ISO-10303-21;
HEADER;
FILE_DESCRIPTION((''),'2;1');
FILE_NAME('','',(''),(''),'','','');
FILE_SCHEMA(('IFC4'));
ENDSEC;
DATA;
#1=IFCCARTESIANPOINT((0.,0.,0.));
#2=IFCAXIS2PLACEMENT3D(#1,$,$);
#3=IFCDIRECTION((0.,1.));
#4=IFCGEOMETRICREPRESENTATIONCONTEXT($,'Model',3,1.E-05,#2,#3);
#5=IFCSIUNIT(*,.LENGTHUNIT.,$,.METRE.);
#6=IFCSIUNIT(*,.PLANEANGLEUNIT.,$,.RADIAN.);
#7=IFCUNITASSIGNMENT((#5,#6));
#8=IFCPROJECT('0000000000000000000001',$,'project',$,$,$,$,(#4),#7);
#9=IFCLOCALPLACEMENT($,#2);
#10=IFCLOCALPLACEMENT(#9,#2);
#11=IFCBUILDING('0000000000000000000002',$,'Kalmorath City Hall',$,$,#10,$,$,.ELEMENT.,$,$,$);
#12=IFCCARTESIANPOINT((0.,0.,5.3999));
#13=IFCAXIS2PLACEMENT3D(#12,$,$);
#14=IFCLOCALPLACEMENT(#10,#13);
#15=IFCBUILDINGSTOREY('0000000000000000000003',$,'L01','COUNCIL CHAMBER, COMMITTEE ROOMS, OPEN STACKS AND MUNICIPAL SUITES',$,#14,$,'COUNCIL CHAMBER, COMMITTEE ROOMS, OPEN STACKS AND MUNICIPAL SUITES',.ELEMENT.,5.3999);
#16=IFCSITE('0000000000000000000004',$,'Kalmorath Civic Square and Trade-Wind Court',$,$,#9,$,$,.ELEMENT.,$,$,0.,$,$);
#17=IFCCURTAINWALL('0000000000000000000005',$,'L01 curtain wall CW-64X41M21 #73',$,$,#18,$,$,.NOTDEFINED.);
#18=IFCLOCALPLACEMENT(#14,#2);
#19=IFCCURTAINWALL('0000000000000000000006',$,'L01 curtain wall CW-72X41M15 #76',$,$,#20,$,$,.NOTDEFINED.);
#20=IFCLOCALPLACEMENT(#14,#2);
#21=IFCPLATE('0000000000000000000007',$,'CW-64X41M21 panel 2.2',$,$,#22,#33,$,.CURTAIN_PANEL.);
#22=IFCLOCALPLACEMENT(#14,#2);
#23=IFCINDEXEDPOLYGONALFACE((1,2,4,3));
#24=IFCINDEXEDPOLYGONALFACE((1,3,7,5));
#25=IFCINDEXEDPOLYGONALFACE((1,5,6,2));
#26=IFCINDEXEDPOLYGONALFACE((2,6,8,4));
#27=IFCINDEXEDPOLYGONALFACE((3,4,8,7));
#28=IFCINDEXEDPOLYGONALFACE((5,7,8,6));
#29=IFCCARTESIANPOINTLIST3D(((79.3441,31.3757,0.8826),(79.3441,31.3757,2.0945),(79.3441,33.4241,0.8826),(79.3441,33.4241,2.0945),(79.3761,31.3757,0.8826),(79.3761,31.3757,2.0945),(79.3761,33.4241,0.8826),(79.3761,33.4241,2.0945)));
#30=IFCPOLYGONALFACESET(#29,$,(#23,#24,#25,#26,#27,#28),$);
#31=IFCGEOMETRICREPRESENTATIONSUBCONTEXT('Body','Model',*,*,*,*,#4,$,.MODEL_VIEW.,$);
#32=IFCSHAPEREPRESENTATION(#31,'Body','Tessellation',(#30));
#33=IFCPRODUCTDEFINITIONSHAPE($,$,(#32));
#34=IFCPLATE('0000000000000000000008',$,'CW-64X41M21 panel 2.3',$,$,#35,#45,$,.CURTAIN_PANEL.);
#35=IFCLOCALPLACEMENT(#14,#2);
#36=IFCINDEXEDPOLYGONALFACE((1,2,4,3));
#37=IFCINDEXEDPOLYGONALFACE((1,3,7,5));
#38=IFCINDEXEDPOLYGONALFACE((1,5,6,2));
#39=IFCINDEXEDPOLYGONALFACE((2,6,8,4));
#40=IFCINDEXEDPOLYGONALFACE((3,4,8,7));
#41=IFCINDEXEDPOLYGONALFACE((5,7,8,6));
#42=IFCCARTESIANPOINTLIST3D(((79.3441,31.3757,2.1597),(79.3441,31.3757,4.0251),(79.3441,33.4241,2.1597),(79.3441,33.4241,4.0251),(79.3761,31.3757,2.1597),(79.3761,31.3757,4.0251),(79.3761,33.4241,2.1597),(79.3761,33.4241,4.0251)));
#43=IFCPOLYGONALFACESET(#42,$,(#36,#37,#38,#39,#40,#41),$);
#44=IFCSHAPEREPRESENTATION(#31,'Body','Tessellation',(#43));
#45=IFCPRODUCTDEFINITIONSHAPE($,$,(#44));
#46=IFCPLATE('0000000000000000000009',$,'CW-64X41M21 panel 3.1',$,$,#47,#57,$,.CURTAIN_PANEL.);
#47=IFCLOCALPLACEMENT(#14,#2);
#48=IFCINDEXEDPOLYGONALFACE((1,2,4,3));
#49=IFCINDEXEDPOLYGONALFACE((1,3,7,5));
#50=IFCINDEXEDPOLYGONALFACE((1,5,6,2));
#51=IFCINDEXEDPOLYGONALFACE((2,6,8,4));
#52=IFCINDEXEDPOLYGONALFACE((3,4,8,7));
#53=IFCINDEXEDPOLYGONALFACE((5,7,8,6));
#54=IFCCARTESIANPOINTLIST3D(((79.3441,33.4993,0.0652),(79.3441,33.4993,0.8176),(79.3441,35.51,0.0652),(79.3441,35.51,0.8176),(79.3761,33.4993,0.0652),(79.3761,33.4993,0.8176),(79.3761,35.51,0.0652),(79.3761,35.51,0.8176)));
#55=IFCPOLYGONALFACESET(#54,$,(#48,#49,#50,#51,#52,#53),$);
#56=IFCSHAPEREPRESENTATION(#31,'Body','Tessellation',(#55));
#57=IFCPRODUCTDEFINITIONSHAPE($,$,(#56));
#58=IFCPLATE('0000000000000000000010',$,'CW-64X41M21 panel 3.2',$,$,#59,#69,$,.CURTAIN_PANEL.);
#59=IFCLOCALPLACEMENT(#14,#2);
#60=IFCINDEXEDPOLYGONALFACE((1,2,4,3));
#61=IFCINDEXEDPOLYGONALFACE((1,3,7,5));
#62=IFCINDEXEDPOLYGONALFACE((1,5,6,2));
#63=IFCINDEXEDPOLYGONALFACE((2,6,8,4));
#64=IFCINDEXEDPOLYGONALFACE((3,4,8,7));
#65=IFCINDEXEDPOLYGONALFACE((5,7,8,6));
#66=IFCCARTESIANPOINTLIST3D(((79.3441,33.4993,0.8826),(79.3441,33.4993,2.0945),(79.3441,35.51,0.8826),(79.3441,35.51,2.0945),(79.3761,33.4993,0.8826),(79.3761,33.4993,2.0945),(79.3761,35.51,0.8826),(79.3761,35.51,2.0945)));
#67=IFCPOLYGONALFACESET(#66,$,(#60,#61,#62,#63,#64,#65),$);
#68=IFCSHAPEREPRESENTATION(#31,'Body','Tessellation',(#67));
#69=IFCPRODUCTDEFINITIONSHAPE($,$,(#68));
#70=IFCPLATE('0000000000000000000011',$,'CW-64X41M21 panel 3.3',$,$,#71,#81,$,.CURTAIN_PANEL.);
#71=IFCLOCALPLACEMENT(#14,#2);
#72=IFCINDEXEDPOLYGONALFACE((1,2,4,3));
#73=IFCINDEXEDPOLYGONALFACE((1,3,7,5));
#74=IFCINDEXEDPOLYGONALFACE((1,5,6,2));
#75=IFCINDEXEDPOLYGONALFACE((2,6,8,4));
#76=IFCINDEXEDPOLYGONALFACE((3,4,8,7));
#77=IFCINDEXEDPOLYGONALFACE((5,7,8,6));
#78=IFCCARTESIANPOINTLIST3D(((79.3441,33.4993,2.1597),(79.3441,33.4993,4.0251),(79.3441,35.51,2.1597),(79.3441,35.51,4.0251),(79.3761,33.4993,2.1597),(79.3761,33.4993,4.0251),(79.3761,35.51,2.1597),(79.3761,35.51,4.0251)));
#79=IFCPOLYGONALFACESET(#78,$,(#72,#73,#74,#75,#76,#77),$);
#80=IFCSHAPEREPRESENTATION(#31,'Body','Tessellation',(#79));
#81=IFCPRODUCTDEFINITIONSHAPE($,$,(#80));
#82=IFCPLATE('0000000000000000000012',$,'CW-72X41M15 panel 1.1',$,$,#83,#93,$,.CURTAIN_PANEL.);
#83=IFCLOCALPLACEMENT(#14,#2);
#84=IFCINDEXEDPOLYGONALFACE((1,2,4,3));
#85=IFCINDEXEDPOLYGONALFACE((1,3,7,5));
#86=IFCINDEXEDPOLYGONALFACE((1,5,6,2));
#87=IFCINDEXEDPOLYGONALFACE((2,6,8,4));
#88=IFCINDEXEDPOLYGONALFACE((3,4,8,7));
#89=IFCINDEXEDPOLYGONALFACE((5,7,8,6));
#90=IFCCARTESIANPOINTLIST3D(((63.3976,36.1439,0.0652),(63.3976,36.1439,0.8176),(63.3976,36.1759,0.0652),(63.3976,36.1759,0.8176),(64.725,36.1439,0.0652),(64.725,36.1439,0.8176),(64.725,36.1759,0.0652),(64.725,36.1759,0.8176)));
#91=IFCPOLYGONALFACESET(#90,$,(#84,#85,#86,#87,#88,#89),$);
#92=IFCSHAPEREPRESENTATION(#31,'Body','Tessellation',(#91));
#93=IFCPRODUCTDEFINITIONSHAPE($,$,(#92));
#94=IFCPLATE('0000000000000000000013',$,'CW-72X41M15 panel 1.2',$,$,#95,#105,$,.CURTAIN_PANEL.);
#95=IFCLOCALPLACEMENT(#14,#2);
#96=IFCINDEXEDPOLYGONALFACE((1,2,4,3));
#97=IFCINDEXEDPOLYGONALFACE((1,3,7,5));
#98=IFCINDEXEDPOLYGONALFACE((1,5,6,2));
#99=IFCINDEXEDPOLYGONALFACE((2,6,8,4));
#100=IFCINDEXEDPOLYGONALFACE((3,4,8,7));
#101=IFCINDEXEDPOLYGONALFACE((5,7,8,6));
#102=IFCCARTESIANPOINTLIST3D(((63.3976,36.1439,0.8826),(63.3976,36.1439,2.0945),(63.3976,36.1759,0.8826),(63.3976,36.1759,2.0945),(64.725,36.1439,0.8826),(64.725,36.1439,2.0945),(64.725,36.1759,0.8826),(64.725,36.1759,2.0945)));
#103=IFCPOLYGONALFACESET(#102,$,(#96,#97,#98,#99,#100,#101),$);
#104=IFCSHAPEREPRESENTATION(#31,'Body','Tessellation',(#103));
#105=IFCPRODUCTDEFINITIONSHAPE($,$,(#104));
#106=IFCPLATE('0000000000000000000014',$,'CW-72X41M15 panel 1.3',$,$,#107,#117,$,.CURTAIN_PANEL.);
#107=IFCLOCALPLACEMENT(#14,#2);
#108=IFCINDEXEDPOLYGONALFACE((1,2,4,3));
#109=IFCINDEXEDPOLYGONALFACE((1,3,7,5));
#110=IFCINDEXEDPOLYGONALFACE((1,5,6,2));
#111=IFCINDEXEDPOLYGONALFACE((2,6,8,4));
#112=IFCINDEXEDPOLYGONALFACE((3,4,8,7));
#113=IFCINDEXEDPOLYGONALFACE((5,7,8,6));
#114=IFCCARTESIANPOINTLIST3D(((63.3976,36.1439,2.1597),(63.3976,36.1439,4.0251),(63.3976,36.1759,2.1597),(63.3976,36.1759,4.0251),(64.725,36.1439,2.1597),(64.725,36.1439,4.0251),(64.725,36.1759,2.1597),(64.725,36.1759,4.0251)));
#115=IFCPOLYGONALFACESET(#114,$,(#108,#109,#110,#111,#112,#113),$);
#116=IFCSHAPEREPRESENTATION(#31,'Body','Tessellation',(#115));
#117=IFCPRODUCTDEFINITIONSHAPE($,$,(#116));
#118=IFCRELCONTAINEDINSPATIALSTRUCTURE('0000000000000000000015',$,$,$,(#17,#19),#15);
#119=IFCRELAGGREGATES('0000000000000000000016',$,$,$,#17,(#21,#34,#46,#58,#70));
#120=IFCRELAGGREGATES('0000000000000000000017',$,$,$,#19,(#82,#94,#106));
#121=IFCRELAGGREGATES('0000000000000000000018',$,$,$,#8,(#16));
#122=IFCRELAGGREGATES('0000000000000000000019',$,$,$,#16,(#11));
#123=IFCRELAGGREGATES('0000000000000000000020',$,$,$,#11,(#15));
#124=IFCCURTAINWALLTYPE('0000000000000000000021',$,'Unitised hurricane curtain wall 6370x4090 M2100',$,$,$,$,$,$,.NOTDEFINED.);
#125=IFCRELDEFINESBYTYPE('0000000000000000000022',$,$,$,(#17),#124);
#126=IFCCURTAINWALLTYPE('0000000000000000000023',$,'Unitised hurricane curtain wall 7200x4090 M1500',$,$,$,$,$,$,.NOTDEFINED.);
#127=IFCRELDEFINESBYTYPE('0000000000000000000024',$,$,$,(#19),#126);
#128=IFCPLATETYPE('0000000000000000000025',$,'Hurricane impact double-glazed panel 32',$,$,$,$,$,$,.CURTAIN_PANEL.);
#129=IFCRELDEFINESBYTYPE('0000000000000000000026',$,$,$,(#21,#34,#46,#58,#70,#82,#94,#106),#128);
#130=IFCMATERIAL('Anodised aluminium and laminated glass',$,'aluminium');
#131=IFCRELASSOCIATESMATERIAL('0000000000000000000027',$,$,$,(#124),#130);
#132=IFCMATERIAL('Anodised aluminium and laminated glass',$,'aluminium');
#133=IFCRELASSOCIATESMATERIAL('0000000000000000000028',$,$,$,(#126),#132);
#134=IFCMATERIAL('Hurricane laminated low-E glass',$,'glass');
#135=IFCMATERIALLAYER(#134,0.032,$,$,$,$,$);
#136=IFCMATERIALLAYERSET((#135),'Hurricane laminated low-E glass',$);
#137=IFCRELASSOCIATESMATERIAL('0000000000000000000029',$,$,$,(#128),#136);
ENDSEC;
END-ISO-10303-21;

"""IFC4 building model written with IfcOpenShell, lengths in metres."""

from ifc_helpers import new_model, si_unit, direction, frame, origin, origin_2d, place, context, subcontext, project, spatial, rectangle, extrude, material, layer, layer_set, type_object, element, aggregate, save


model = new_model("IFC4")

# Units and contexts
model_context = context("Model", 3, precision=1e-05, world=origin(), true_north=direction((0.0, 1.0)))
body_context = subcontext(model_context, "Body", "Model", "MODEL_VIEW")
ifc_project = project(units=[si_unit("LENGTHUNIT", "METRE"), si_unit("PLANEANGLEUNIT", "RADIAN")], contexts=[model_context])

# Site, building, storey
site_placement = place(None, origin())
site = spatial("IfcSite", under=ifc_project, at=site_placement, Name="Kalmorath Civic Square and Trade-Wind Court", CompositionType="ELEMENT", RefElevation=0.0)
building_placement = place(site_placement, origin())
building = spatial("IfcBuilding", under=site, at=building_placement, Name="Kalmorath City Hall", CompositionType="ELEMENT")
storey_placement = place(building_placement, frame((0.0, 0.0, 5.3999)))
storey = spatial("IfcBuildingStorey", under=building, at=storey_placement, Name="L01", Description="COUNCIL CHAMBER, COMMITTEE ROOMS, OPEN STACKS AND MUNICIPAL SUITES", LongName="COUNCIL CHAMBER, COMMITTEE ROOMS, OPEN STACKS AND MUNICIPAL SUITES", CompositionType="ELEMENT", Elevation=5.3999)

# Curtain wall
ifc_material_1 = material(Name="Anodised aluminium and laminated glass", Category="aluminium")
curtain_wall_type_1 = type_object("IfcCurtainWallType", Name="Unitised hurricane curtain wall 6370x4090 M2100", PredefinedType="NOTDEFINED", material=ifc_material_1)
curtain_wall_1_placement = place(storey_placement, origin())
curtain_wall_1 = element("IfcCurtainWall", 1, at=curtain_wall_1_placement, inside=storey, type_object=curtain_wall_type_1, Name="L01 curtain wall CW-64X41M21 #73", PredefinedType="NOTDEFINED")

# Curtain wall
ifc_material_2 = material(Name="Anodised aluminium and laminated glass", Category="aluminium")
curtain_wall_type_2 = type_object("IfcCurtainWallType", Name="Unitised hurricane curtain wall 7200x4090 M1500", PredefinedType="NOTDEFINED", material=ifc_material_2)
curtain_wall_2_placement = place(storey_placement, origin())
curtain_wall_2 = element("IfcCurtainWall", 2, at=curtain_wall_2_placement, inside=storey, type_object=curtain_wall_type_2, Name="L01 curtain wall CW-72X41M15 #76", PredefinedType="NOTDEFINED")

# Plates
ifc_material_3 = material(Name="Hurricane laminated low-E glass", Category="glass")
ifc_layer = layer(ifc_material_3, 0.032)
ifc_layer_set = layer_set([ifc_layer], Name="Hurricane laminated low-E glass")
plate_type = type_object("IfcPlateType", Name="Hurricane impact double-glazed panel 32", PredefinedType="CURTAIN_PANEL", material=ifc_layer_set)
plate_1_placement = place(storey_placement, frame((79.3601, 32.3999, 0.8826), z_axis=(0.0, 0.0, 1.0), x_axis=(0.0, 1.0, 0.0)))
plate_1 = element("IfcPlate", 3, at=plate_1_placement, type_object=plate_type, Name="CW-64X41M21 panel 2.2", PredefinedType="CURTAIN_PANEL", context=body_context, shape_type="SweptSolid", body=[
    extrude(rectangle(XDim=2.0483, YDim=0.032, at=origin_2d()), origin(), (0.0, 0.0, 1.0), 1.2119),
])
plate_2_placement = place(storey_placement, frame((79.3601, 32.3999, 2.1597), z_axis=(0.0, 0.0, 1.0), x_axis=(0.0, 1.0, 0.0)))
plate_2 = element("IfcPlate", 4, at=plate_2_placement, type_object=plate_type, Name="CW-64X41M21 panel 2.3", PredefinedType="CURTAIN_PANEL", context=body_context, shape_type="SweptSolid", body=[
    extrude(rectangle(XDim=2.0483, YDim=0.032, at=origin_2d()), origin(), (0.0, 0.0, 1.0), 1.8655),
])
plate_3_placement = place(storey_placement, frame((79.3601, 34.5046, 0.0652), z_axis=(0.0, 0.0, 1.0), x_axis=(0.0, 1.0, 0.0)))
plate_3 = element("IfcPlate", 5, at=plate_3_placement, type_object=plate_type, Name="CW-64X41M21 panel 3.1", PredefinedType="CURTAIN_PANEL", context=body_context, shape_type="SweptSolid", body=[
    extrude(rectangle(XDim=2.0107, YDim=0.032, at=origin_2d()), origin(), (0.0, 0.0, 1.0), 0.7524),
])
plate_4_placement = place(storey_placement, frame((79.3601, 34.5046, 0.8826), z_axis=(0.0, 0.0, 1.0), x_axis=(0.0, 1.0, 0.0)))
plate_4 = element("IfcPlate", 6, at=plate_4_placement, type_object=plate_type, Name="CW-64X41M21 panel 3.2", PredefinedType="CURTAIN_PANEL", context=body_context, shape_type="SweptSolid", body=[
    extrude(rectangle(XDim=2.0107, YDim=0.032, at=origin_2d()), origin(), (0.0, 0.0, 1.0), 1.2119),
])
plate_5_placement = place(storey_placement, frame((79.3601, 34.5046, 2.1597), z_axis=(0.0, 0.0, 1.0), x_axis=(0.0, 1.0, 0.0)))
plate_5 = element("IfcPlate", 7, at=plate_5_placement, type_object=plate_type, Name="CW-64X41M21 panel 3.3", PredefinedType="CURTAIN_PANEL", context=body_context, shape_type="SweptSolid", body=[
    extrude(rectangle(XDim=2.0107, YDim=0.032, at=origin_2d()), origin(), (0.0, 0.0, 1.0), 1.8655),
])
aggregate(curtain_wall_1, [plate_1, plate_2, plate_3, plate_4, plate_5])
plate_6_placement = place(storey_placement, frame((64.0613, 36.1599, 0.0652), z_axis=(0.0, 0.0, 1.0), x_axis=(-1.0, 0.0, 0.0)))
plate_6 = element("IfcPlate", 8, at=plate_6_placement, type_object=plate_type, Name="CW-72X41M15 panel 1.1", PredefinedType="CURTAIN_PANEL", context=body_context, shape_type="SweptSolid", body=[
    extrude(rectangle(XDim=1.3274, YDim=0.032, at=origin_2d()), origin(), (0.0, 0.0, 1.0), 0.7524),
])
plate_7_placement = place(storey_placement, frame((64.0613, 36.1599, 0.8826), z_axis=(0.0, 0.0, 1.0), x_axis=(-1.0, 0.0, 0.0)))
plate_7 = element("IfcPlate", 9, at=plate_7_placement, type_object=plate_type, Name="CW-72X41M15 panel 1.2", PredefinedType="CURTAIN_PANEL", context=body_context, shape_type="SweptSolid", body=[
    extrude(rectangle(XDim=1.3274, YDim=0.032, at=origin_2d()), origin(), (0.0, 0.0, 1.0), 1.2119),
])
plate_8_placement = place(storey_placement, frame((64.0613, 36.1599, 2.1597), z_axis=(0.0, 0.0, 1.0), x_axis=(-1.0, 0.0, 0.0)))
plate_8 = element("IfcPlate", 10, at=plate_8_placement, type_object=plate_type, Name="CW-72X41M15 panel 1.3", PredefinedType="CURTAIN_PANEL", context=body_context, shape_type="SweptSolid", body=[
    extrude(rectangle(XDim=1.3274, YDim=0.032, at=origin_2d()), origin(), (0.0, 0.0, 1.0), 1.8655),
])
aggregate(curtain_wall_2, [plate_6, plate_7, plate_8])

save(model, "model.ifc")
